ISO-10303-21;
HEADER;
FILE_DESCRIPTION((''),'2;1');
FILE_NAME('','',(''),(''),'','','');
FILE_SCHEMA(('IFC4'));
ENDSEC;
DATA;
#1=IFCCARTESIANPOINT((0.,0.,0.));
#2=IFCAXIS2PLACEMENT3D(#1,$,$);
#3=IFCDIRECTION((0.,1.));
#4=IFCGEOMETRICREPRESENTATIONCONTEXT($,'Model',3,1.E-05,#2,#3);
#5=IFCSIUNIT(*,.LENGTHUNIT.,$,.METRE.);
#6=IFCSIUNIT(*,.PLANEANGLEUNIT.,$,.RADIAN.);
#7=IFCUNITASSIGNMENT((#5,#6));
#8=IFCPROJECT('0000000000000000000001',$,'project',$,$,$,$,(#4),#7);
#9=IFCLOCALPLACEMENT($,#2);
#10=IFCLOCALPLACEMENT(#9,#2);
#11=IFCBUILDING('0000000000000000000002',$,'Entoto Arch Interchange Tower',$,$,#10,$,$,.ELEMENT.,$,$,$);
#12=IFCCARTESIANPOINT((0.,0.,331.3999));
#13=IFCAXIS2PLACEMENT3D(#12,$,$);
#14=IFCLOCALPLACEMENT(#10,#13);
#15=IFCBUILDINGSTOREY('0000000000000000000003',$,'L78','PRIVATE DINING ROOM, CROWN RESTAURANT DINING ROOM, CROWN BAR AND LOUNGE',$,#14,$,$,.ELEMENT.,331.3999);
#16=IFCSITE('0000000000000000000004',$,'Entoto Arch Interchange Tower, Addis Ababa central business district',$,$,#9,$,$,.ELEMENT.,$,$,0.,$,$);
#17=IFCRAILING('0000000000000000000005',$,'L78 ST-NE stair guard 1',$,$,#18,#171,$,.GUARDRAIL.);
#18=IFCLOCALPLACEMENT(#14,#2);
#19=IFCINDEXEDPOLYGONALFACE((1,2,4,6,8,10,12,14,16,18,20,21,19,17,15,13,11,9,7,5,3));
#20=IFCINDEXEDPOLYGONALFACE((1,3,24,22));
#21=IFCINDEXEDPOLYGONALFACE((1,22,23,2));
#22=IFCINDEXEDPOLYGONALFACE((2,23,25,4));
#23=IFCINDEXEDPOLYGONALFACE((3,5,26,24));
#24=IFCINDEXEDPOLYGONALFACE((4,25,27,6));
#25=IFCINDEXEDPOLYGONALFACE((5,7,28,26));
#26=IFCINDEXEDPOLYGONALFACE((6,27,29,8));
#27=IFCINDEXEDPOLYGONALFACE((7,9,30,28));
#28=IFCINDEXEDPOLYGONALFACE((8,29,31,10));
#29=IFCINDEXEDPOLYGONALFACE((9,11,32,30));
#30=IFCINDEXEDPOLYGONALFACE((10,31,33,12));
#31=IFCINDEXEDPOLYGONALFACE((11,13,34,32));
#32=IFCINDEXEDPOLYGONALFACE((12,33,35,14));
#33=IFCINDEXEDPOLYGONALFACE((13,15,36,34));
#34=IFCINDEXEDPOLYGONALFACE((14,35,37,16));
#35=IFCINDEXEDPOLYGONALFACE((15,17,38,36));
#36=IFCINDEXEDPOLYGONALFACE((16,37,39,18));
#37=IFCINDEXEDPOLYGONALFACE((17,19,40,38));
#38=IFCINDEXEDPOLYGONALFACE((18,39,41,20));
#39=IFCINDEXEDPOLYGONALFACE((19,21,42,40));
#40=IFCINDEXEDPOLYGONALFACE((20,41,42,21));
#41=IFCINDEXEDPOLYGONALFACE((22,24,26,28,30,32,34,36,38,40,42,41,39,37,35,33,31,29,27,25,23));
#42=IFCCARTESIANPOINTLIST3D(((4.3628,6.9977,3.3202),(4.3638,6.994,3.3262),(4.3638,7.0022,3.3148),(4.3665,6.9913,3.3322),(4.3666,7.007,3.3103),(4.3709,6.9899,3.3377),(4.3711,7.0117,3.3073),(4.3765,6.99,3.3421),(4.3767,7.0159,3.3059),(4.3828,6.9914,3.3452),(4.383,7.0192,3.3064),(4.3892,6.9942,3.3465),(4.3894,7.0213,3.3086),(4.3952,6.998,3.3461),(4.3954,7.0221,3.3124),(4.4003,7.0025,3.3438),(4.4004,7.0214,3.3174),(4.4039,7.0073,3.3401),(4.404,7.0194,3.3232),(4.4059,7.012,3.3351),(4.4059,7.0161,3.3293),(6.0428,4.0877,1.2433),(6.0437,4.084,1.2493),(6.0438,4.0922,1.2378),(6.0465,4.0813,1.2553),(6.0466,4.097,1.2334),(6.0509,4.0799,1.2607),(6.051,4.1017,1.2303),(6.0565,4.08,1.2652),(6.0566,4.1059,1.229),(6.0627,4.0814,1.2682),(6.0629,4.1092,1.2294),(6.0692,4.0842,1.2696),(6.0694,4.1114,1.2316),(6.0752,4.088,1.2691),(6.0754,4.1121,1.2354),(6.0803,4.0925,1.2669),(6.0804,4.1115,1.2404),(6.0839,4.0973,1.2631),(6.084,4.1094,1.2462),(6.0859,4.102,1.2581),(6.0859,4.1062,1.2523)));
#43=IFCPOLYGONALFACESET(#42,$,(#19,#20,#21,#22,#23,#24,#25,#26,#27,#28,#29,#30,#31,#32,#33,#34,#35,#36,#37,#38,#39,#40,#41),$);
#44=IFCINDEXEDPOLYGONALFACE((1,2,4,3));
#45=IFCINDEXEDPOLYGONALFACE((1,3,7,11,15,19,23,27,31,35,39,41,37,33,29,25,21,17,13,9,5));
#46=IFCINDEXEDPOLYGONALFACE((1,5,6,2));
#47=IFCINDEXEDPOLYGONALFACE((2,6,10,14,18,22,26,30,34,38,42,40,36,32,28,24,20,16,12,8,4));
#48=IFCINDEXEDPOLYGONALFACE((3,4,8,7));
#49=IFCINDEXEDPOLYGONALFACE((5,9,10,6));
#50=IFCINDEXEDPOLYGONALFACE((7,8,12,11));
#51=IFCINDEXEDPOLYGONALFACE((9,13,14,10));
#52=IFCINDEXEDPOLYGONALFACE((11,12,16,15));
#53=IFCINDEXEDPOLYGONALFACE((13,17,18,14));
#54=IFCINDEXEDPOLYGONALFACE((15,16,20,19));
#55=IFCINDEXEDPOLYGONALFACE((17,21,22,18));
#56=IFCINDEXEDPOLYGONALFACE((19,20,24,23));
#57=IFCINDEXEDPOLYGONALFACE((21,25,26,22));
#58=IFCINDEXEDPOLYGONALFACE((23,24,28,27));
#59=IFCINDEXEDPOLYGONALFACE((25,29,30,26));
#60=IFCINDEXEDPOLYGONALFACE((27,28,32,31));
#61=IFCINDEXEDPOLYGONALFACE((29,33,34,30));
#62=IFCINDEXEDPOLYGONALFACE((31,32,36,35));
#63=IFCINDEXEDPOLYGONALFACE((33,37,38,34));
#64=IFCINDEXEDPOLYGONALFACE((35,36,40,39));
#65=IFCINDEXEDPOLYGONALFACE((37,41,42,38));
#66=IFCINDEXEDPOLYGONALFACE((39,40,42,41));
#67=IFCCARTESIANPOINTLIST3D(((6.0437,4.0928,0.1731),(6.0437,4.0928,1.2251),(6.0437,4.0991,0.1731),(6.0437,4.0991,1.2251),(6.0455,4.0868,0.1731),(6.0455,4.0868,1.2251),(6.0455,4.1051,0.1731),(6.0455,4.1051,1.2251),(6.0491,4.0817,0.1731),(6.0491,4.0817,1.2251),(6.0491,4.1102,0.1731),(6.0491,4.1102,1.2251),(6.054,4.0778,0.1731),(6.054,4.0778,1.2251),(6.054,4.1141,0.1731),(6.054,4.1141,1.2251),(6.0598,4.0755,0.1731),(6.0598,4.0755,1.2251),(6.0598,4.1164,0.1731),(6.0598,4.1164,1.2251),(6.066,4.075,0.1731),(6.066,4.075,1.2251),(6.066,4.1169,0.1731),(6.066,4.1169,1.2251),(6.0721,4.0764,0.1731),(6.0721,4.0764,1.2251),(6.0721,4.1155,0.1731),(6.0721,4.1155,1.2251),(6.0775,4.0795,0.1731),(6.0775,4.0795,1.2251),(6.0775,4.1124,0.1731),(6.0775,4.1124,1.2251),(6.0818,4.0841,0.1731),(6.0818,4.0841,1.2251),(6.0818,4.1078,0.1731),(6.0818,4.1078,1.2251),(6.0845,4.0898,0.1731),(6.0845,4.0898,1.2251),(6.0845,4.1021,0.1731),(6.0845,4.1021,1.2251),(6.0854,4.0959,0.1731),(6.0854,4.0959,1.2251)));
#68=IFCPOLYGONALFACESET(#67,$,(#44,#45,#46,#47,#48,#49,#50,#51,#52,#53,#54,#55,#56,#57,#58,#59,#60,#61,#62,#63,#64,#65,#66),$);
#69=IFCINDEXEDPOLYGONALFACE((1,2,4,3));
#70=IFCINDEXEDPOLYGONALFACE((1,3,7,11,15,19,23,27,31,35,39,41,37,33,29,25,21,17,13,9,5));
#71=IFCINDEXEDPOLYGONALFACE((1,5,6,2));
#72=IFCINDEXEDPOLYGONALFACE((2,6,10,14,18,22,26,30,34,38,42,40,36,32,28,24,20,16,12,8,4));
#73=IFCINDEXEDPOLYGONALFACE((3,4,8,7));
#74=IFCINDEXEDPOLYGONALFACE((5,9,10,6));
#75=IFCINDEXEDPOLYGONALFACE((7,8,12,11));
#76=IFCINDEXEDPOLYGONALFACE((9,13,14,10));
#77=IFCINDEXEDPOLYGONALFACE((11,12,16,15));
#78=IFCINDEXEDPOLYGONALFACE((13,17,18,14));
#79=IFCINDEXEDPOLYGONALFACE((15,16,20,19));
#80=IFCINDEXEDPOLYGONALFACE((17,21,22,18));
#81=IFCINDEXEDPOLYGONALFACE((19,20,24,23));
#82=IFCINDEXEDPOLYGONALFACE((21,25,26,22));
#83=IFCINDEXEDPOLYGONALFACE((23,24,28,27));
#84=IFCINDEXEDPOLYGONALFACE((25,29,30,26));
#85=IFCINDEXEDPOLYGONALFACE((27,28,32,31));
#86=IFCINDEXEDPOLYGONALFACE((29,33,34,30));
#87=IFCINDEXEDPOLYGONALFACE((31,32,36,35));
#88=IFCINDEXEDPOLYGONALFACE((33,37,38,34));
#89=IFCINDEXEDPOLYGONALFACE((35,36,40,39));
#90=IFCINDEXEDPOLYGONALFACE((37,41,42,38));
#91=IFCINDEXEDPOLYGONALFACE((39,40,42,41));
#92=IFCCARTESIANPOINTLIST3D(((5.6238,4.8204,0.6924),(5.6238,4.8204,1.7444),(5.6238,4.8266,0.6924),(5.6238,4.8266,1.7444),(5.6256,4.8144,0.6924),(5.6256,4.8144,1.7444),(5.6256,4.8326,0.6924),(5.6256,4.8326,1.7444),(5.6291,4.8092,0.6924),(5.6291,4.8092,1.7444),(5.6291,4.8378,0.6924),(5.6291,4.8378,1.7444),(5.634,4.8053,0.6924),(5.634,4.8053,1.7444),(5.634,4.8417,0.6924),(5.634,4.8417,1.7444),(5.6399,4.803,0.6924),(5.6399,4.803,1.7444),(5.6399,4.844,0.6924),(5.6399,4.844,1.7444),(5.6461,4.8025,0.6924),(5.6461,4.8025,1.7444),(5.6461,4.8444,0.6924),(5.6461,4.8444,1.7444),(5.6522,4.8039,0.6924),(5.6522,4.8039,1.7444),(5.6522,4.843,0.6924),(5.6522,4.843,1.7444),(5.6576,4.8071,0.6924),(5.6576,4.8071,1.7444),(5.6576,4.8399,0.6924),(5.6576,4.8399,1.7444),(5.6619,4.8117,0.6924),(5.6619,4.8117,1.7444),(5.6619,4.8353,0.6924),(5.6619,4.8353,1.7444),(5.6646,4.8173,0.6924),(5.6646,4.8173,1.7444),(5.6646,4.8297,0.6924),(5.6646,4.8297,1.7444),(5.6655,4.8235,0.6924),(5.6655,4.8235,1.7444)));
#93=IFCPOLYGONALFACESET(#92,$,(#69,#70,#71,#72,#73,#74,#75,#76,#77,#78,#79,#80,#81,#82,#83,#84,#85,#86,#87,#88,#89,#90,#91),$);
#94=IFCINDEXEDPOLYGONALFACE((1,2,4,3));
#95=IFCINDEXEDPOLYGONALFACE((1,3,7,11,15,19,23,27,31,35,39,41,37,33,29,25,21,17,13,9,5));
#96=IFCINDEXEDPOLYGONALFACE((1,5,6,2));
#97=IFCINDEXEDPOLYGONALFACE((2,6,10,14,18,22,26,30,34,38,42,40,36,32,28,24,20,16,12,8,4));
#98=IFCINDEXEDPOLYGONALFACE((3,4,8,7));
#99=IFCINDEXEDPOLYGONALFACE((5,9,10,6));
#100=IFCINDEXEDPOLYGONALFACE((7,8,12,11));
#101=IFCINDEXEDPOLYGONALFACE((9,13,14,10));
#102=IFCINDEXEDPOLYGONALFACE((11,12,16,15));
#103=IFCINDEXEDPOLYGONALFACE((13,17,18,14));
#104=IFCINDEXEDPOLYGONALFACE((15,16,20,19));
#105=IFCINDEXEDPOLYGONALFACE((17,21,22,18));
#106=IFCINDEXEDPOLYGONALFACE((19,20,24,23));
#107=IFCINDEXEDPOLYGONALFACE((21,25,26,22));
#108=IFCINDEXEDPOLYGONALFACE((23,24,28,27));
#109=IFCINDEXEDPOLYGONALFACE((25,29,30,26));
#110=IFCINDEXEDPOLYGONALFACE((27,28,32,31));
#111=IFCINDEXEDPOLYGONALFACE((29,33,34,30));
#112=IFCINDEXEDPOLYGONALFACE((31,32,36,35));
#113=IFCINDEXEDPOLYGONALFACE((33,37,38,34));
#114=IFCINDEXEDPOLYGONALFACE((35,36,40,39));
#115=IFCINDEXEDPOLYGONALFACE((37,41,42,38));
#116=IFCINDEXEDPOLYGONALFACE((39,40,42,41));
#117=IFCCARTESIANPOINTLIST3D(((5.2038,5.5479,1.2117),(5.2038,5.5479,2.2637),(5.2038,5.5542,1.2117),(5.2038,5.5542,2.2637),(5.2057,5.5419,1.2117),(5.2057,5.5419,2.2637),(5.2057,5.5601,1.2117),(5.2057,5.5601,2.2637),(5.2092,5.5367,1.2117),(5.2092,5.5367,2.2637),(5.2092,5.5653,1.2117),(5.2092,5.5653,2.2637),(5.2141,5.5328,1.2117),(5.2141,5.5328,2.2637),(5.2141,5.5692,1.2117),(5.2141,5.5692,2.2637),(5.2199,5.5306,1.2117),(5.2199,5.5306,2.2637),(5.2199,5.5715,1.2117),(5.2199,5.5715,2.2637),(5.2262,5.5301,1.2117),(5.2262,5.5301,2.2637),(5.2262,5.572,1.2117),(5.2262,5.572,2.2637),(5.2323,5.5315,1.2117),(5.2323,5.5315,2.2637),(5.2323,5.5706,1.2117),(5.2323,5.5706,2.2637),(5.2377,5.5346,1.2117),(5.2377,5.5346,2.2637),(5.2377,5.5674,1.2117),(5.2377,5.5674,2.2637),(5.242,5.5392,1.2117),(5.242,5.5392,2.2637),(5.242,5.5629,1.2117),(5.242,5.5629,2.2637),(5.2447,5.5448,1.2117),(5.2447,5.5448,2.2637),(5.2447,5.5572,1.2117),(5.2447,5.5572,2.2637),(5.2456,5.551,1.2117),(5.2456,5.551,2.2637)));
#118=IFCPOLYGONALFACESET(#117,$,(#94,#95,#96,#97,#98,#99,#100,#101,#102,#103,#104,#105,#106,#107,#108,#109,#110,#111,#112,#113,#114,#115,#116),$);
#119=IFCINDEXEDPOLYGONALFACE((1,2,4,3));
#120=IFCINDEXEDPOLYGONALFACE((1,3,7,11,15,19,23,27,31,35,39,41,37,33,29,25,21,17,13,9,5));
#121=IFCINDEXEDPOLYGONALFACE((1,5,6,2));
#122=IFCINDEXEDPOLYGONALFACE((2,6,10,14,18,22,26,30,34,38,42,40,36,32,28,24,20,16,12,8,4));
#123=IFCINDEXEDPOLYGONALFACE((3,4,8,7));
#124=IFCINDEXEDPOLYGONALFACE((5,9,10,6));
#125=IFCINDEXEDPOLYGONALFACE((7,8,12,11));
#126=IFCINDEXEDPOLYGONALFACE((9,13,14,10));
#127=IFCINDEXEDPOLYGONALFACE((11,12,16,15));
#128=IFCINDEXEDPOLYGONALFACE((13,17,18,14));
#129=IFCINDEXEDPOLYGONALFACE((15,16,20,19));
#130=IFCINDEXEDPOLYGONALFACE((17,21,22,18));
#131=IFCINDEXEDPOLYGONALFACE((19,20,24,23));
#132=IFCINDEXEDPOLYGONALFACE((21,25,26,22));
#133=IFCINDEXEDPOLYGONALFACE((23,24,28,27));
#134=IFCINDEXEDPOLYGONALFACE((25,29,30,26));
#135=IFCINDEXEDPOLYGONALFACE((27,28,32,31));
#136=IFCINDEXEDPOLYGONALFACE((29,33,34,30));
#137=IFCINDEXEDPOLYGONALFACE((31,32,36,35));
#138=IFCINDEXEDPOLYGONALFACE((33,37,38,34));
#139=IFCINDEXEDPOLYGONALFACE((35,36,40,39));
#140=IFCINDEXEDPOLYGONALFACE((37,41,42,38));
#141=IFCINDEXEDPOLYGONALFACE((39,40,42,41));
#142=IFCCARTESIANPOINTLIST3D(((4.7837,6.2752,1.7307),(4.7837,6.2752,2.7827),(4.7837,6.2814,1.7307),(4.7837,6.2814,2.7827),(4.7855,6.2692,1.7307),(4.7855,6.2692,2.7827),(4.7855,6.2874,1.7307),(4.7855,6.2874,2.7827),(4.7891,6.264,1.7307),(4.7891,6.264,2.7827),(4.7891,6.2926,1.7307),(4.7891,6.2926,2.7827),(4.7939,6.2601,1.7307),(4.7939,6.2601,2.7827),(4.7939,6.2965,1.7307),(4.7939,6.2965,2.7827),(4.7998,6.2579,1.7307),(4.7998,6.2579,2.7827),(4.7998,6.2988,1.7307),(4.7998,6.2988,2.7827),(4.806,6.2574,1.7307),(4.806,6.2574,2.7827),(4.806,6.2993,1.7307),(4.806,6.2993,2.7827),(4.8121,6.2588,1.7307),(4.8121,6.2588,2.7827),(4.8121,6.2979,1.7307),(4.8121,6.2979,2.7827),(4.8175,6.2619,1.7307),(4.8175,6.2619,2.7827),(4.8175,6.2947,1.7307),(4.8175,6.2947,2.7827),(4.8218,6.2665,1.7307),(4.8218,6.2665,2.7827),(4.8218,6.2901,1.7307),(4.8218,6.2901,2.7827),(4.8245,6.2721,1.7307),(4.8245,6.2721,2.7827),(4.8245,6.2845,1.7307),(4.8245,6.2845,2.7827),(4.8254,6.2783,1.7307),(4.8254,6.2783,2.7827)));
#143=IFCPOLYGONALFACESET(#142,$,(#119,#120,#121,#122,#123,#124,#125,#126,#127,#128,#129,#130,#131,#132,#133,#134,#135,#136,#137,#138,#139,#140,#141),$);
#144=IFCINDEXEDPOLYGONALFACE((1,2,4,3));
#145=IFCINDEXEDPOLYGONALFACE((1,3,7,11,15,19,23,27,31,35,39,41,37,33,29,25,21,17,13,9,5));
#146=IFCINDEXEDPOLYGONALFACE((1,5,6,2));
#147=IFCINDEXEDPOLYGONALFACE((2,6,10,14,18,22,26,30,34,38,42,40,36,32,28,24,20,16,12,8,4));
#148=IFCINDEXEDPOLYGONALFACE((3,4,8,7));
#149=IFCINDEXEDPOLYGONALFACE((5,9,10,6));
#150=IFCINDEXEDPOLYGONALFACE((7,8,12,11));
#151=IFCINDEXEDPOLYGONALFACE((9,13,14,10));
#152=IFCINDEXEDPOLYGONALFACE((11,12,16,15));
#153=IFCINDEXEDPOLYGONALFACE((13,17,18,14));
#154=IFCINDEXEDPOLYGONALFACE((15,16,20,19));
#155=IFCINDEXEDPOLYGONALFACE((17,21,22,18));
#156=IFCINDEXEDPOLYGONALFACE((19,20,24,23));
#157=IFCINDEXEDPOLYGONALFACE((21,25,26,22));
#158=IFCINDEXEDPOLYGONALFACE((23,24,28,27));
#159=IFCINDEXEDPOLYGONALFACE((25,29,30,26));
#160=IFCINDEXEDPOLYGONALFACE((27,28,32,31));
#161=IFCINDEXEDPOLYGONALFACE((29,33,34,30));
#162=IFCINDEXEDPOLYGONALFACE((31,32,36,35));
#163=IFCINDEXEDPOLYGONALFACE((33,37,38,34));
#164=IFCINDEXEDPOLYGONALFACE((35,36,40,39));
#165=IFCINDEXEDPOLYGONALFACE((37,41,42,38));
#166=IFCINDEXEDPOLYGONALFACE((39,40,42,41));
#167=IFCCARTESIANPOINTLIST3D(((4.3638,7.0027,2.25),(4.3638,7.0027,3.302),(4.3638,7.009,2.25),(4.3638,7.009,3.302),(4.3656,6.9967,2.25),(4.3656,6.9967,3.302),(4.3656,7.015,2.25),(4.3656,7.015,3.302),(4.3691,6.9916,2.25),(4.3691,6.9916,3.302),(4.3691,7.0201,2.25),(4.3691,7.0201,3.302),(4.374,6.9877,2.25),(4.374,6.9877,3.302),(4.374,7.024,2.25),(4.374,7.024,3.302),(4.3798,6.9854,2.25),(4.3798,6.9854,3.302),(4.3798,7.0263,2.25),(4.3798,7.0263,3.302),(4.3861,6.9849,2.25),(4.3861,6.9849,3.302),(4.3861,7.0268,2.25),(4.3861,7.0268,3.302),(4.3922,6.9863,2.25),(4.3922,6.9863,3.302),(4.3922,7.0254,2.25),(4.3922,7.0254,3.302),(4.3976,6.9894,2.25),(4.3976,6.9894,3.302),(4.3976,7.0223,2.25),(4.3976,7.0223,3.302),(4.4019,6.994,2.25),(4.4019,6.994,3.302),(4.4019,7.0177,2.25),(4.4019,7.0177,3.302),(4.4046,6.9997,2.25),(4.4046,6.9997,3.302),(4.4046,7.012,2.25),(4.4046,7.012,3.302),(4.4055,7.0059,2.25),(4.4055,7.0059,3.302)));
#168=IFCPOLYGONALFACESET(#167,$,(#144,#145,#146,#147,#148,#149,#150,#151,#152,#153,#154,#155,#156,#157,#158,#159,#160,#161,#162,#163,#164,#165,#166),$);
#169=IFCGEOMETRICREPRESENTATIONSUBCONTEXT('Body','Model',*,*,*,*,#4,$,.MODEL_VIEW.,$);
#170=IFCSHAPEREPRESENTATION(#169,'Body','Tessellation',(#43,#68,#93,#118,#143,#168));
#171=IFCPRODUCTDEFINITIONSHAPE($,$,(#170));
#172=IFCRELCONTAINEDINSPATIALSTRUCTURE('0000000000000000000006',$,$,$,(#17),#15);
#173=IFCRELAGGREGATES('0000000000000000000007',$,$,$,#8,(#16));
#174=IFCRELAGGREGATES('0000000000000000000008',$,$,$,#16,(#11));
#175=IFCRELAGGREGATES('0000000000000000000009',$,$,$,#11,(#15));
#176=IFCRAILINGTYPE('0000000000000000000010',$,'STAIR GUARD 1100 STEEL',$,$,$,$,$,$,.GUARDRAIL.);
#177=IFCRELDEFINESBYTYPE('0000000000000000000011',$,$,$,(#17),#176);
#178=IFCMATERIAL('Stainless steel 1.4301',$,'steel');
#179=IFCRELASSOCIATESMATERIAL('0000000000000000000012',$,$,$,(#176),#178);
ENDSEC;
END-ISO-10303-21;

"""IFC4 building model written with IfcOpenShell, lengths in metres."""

from ifc_helpers import new_model, si_unit, direction, frame, origin, origin_2d, place, context, subcontext, project, spatial, circle, extrude, material, type_object, element, save


model = new_model("IFC4")

# Units and contexts
model_context = context("Model", 3, precision=1e-05, world=origin(), true_north=direction((0.0, 1.0)))
body_context = subcontext(model_context, "Body", "Model", "MODEL_VIEW")
ifc_project = project(units=[si_unit("LENGTHUNIT", "METRE"), si_unit("PLANEANGLEUNIT", "RADIAN")], contexts=[model_context])

# Site, building, storey
site_placement = place(None, origin())
site = spatial("IfcSite", under=ifc_project, at=site_placement, Name="Entoto Arch Interchange Tower, Addis Ababa central business district", CompositionType="ELEMENT", RefElevation=0.0)
building_placement = place(site_placement, origin())
building = spatial("IfcBuilding", under=site, at=building_placement, Name="Entoto Arch Interchange Tower", CompositionType="ELEMENT")
storey_placement = place(building_placement, frame((0.0, 0.0, 331.3999)))
storey = spatial("IfcBuildingStorey", under=building, at=storey_placement, Name="L78", Description="PRIVATE DINING ROOM, CROWN RESTAURANT DINING ROOM, CROWN BAR AND LOUNGE", CompositionType="ELEMENT", Elevation=331.3999)

# Railing
ifc_material_1 = material(Name="Stainless steel 1.4301", Category="steel")
railing_type_1 = type_object("IfcRailingType", Name="STAIR GUARD 1100 STEEL", PredefinedType="GUARDRAIL", material=ifc_material_1)
railing_1_placement = place(storey_placement, frame((6.0645, 4.0959, 0.1731)))
element("IfcRailing", 1, at=railing_1_placement, inside=storey, type_object=railing_type_1, Name="L78 ST-NE stair guard 1", PredefinedType="GUARDRAIL", context=body_context, shape_type="SweptSolid", body=[
    extrude(circle(Radius=0.0239, at=origin_2d()), frame((0.0, 0.0, 1.0762), z_axis=(-0.425288, 0.736668, 0.525785), x_axis=(-0.866039, -0.499976, 0.0)), (0.0, 0.0, 1.0), 3.9502),
    extrude(circle(Radius=0.021, at=origin_2d()), origin(), (0.0, 0.0, 1.0), 1.052),
    extrude(circle(Radius=0.021, at=origin_2d()), frame((-0.4199, 0.7275, 0.5193)), (0.0, 0.0, 1.0), 1.052),
    extrude(circle(Radius=0.021, at=origin_2d()), frame((-0.8398, 1.4551, 1.0386)), (0.0, 0.0, 1.0), 1.052),
    extrude(circle(Radius=0.021, at=origin_2d()), frame((-1.26, 2.1824, 1.5576)), (0.0, 0.0, 1.0), 1.052),
    extrude(circle(Radius=0.021, at=origin_2d()), frame((-1.6799, 2.9099, 2.0769)), (0.0, 0.0, 1.0), 1.052),
])

save(model, "model.ifc")
